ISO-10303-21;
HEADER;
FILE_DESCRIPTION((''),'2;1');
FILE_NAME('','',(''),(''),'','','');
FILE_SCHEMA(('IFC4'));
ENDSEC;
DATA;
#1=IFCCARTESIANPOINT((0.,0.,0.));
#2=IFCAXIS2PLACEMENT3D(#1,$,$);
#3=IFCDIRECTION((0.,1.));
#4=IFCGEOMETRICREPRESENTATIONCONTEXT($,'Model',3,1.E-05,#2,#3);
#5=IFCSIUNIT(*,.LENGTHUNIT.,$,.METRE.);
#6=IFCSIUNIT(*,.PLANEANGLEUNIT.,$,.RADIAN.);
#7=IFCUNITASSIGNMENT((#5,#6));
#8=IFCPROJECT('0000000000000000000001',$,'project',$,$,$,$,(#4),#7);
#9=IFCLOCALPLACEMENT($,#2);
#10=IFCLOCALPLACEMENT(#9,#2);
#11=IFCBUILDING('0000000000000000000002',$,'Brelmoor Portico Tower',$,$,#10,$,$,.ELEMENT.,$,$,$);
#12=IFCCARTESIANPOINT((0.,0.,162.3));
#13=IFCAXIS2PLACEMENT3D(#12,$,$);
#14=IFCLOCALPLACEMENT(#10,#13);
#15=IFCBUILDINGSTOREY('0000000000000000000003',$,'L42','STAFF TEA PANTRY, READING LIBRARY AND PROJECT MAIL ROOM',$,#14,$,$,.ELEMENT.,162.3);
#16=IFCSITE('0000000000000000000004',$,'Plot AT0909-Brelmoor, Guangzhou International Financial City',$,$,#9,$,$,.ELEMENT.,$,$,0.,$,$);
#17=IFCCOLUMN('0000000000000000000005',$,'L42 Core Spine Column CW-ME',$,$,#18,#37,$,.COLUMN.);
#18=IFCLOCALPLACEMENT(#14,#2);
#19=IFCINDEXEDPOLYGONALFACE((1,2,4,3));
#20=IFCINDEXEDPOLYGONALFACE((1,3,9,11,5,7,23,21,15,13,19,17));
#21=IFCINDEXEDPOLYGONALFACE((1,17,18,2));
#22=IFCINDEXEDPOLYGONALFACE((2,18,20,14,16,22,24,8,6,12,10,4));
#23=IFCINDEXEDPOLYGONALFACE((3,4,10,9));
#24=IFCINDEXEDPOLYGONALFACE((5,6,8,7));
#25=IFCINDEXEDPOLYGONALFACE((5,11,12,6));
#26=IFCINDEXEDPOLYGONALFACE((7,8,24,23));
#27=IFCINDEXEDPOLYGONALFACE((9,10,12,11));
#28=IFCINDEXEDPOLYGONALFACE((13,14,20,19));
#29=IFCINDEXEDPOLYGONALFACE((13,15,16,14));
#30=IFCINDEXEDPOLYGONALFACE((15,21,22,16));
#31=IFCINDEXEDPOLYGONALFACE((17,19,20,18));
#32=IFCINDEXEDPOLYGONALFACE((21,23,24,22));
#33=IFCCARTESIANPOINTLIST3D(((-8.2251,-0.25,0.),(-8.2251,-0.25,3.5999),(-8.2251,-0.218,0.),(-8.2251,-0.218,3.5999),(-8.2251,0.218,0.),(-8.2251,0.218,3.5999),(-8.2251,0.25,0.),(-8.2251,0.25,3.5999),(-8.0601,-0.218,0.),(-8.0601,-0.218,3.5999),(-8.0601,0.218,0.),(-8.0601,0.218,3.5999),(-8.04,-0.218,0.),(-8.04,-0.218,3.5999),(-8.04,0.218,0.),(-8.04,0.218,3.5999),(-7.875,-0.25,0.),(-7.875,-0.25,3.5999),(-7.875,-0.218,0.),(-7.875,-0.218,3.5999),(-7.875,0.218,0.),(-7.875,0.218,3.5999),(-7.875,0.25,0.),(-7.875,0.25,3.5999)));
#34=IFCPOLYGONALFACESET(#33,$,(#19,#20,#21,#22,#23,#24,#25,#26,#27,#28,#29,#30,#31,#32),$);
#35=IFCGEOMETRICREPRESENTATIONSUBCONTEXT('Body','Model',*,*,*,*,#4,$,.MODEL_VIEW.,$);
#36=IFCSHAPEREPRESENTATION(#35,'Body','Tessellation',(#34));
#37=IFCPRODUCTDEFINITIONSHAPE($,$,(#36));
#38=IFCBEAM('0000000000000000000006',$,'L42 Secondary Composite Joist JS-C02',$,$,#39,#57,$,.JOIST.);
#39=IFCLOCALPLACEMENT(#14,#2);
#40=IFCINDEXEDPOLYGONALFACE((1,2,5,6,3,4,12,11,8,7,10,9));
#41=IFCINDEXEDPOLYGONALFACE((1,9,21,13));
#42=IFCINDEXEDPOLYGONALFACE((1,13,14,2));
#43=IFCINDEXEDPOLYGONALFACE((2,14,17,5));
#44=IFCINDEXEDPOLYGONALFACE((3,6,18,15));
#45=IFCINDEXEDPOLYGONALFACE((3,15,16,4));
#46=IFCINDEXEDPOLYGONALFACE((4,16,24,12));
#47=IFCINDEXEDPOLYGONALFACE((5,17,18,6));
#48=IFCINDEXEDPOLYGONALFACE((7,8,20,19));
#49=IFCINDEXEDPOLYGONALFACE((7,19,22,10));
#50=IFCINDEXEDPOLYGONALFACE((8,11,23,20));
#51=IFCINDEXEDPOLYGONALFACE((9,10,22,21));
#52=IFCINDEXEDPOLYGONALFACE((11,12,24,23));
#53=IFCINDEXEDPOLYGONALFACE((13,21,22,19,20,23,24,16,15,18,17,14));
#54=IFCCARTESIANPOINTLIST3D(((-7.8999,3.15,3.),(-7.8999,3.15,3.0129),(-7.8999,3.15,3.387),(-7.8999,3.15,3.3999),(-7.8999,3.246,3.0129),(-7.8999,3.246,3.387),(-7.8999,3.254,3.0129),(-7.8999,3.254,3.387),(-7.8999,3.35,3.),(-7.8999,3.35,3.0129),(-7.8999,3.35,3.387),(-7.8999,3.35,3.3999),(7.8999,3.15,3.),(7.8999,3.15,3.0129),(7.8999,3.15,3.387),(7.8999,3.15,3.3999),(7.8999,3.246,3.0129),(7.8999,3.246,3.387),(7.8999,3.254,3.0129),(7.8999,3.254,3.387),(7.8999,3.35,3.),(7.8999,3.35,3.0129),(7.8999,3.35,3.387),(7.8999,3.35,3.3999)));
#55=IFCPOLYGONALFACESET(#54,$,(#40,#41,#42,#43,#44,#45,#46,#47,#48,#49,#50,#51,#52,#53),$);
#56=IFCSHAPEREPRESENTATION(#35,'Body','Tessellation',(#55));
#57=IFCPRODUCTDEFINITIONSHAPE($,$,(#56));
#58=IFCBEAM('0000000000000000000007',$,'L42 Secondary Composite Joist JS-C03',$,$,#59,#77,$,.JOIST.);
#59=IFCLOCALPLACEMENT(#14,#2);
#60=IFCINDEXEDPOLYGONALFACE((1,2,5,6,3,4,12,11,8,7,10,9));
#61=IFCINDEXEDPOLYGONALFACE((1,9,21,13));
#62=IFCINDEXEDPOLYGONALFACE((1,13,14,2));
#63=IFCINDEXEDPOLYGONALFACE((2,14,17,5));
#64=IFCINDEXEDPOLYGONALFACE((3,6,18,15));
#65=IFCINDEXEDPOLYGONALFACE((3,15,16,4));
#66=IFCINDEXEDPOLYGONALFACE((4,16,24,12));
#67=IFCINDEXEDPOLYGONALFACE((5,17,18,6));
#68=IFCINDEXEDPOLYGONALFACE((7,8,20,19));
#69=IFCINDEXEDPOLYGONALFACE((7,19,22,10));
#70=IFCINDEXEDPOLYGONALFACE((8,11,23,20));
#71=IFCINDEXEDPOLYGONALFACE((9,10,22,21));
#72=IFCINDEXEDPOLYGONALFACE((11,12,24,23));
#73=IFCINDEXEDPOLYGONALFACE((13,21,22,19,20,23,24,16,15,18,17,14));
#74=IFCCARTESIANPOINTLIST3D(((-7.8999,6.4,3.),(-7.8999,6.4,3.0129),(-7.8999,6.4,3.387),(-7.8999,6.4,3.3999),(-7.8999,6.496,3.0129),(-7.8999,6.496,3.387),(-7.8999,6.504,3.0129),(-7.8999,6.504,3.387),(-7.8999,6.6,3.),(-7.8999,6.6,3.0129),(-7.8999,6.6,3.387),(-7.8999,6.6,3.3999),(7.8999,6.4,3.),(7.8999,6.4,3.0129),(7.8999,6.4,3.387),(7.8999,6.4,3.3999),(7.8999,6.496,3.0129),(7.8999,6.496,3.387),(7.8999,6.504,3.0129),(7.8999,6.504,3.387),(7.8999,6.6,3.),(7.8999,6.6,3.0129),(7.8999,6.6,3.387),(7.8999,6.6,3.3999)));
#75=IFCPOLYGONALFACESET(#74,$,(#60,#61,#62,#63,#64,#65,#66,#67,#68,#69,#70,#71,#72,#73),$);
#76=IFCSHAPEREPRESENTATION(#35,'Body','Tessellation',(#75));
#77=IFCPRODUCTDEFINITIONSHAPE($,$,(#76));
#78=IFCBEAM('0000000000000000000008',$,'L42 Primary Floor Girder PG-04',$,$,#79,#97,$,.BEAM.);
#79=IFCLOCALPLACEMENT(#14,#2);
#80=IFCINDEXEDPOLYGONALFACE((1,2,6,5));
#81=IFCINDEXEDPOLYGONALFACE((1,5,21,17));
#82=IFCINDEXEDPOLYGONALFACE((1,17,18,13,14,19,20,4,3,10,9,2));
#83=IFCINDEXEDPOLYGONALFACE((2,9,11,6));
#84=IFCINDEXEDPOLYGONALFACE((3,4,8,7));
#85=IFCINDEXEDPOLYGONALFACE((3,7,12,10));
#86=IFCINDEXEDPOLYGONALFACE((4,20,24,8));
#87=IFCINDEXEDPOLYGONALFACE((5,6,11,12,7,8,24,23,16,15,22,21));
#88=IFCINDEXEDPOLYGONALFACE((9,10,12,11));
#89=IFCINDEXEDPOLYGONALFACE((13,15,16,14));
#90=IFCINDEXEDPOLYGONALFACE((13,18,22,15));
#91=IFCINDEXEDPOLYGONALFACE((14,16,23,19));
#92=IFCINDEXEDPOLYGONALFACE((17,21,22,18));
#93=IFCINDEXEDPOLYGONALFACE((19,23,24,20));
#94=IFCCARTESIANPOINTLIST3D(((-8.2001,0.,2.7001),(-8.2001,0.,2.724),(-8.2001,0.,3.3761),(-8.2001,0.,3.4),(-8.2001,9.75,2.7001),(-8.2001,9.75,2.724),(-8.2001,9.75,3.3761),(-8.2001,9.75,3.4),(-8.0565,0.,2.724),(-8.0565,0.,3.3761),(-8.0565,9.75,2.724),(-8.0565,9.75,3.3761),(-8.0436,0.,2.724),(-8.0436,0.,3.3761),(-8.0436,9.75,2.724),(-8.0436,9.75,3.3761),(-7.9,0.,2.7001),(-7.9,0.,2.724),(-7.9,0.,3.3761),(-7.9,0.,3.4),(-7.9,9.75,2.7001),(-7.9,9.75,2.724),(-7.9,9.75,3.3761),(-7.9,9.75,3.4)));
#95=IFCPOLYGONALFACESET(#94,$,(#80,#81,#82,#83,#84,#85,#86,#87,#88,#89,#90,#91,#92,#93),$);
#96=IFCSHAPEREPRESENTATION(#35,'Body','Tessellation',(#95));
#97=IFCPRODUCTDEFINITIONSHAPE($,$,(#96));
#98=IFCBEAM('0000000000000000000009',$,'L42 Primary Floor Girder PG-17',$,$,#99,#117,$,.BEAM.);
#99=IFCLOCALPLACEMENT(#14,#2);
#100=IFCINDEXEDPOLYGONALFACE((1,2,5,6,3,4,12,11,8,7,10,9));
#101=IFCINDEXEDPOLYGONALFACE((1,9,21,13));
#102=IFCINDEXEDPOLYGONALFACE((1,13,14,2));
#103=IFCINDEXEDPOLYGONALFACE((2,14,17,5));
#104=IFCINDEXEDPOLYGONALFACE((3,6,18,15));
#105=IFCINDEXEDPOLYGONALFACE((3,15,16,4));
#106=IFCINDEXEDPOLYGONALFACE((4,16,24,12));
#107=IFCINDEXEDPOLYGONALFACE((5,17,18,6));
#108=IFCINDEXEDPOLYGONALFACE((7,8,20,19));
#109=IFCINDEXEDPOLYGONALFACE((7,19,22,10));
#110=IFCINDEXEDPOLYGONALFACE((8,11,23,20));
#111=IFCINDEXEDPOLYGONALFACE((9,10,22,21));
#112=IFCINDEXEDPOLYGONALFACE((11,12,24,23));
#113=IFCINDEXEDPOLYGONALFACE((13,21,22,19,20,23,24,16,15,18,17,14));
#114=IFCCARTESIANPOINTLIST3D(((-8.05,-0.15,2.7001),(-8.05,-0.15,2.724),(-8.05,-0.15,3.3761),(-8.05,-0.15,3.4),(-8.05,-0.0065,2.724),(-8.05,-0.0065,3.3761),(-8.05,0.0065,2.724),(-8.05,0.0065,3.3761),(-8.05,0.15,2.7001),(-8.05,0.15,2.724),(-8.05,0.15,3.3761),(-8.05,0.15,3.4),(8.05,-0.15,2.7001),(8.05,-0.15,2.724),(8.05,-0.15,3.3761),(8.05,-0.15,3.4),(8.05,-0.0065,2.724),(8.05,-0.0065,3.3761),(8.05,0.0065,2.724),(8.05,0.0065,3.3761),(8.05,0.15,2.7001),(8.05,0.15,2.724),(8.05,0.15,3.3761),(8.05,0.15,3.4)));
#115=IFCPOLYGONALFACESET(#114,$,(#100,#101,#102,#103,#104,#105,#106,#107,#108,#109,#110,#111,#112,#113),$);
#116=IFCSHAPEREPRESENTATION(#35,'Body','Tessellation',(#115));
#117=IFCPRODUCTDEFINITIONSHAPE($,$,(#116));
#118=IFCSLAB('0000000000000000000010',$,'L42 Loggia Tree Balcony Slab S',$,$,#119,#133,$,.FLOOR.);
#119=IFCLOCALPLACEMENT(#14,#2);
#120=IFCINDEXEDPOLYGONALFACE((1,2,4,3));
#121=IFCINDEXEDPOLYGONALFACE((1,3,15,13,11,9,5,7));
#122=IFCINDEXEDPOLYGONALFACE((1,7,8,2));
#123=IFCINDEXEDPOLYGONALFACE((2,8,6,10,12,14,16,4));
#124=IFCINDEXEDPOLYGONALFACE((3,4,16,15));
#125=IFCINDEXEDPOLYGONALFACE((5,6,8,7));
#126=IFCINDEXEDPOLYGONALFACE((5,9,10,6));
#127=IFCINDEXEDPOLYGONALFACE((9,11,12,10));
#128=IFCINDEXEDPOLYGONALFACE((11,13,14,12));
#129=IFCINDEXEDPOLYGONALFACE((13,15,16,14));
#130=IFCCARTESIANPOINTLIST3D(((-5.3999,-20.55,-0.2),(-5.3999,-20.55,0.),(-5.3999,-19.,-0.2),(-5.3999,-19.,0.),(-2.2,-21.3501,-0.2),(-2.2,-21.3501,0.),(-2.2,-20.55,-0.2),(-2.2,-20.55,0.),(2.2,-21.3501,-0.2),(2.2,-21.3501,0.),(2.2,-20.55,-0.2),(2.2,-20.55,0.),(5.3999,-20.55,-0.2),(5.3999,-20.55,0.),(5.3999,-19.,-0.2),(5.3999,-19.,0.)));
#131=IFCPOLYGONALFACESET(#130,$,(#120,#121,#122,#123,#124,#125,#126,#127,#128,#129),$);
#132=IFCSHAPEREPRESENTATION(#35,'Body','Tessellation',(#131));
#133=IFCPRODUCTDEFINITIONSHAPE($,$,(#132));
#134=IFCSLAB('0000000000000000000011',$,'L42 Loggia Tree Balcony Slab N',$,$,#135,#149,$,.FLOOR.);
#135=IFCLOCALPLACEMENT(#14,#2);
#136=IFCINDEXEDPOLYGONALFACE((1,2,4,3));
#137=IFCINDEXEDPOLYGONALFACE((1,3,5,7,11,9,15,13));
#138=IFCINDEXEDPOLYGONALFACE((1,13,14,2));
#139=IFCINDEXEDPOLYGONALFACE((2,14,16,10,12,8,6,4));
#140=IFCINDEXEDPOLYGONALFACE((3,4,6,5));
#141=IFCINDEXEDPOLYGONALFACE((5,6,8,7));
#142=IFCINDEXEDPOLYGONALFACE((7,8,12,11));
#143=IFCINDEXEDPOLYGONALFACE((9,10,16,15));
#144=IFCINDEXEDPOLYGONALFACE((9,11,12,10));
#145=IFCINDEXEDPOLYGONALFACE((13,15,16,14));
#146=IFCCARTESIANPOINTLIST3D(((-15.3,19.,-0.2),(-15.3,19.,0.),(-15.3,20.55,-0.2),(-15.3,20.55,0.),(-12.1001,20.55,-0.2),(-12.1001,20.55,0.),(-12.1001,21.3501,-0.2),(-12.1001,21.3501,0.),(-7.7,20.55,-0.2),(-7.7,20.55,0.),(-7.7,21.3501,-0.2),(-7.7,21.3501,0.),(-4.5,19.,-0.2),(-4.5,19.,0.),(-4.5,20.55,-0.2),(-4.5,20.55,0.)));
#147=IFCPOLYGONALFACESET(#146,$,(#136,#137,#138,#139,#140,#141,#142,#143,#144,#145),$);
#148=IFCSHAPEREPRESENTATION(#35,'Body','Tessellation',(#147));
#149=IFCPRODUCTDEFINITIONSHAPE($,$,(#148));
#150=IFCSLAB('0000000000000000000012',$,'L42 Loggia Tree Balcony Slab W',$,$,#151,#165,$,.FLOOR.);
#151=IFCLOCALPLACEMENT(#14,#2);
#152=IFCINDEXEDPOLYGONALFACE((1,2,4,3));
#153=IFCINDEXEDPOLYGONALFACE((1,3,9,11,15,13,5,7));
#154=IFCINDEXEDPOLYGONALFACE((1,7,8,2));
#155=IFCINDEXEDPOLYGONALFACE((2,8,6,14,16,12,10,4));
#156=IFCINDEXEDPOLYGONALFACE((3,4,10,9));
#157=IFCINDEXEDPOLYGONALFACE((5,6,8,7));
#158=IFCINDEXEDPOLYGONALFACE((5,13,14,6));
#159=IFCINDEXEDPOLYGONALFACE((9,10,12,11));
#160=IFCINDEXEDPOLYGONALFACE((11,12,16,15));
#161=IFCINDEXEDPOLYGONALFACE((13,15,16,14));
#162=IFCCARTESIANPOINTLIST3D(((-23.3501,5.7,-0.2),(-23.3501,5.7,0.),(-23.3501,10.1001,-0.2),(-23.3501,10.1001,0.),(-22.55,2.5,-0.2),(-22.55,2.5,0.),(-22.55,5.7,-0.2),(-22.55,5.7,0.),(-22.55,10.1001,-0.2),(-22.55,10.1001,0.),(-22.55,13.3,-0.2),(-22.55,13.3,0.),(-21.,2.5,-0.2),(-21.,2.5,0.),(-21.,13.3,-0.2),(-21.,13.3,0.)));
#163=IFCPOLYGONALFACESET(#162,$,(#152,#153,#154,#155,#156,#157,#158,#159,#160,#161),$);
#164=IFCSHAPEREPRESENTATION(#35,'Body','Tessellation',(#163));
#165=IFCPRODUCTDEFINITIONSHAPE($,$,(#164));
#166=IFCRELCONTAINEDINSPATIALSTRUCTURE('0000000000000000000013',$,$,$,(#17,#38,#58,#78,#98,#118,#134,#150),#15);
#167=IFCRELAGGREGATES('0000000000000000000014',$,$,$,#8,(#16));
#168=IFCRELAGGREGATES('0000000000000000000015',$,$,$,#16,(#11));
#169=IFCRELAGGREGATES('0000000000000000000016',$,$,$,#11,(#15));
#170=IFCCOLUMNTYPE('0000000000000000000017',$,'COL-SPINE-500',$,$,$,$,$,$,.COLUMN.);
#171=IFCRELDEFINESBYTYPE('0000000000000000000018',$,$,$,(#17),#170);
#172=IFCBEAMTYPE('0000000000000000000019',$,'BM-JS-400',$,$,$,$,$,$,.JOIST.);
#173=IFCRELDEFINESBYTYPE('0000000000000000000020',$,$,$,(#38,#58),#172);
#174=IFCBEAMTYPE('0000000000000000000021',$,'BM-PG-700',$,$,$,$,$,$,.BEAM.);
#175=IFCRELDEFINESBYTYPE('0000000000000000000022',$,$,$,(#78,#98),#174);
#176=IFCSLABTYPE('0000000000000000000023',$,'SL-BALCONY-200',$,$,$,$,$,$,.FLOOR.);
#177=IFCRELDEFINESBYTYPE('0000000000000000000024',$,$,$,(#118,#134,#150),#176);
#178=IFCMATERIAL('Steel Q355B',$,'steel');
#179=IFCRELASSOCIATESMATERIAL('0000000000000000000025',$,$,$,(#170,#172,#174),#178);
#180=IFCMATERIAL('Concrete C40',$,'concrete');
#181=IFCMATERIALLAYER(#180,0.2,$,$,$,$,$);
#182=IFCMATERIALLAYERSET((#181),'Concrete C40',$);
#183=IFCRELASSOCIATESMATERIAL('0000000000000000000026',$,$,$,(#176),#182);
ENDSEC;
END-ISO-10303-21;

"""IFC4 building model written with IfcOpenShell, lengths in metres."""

from ifc_helpers import new_model, si_unit, direction, frame, origin, origin_2d, place, context, subcontext, project, spatial, polyline, i_section, outline, extrude, material, layer, layer_set, material_profile, profile_set, type_object, element, save


model = new_model("IFC4")

# Units and contexts
model_context = context("Model", 3, precision=1e-05, world=origin(), true_north=direction((0.0, 1.0)))
body_context = subcontext(model_context, "Body", "Model", "MODEL_VIEW")
ifc_project = project(units=[si_unit("LENGTHUNIT", "METRE"), si_unit("PLANEANGLEUNIT", "RADIAN")], contexts=[model_context])

# Site, building, storey
site_placement = place(None, origin())
site = spatial("IfcSite", under=ifc_project, at=site_placement, Name="Plot AT0909-Brelmoor, Guangzhou International Financial City", CompositionType="ELEMENT", RefElevation=0.0)
building_placement = place(site_placement, origin())
building = spatial("IfcBuilding", under=site, at=building_placement, Name="Brelmoor Portico Tower", CompositionType="ELEMENT")
storey_placement = place(building_placement, frame((0.0, 0.0, 162.3)))
storey = spatial("IfcBuildingStorey", under=building, at=storey_placement, Name="L42", Description="STAFF TEA PANTRY, READING LIBRARY AND PROJECT MAIL ROOM", CompositionType="ELEMENT", Elevation=162.3)

# Column
ifc_material_1 = material(Name="Steel Q355B", Category="steel")
ifc_material_profile_1 = material_profile(ifc_material_1, i_section(OverallWidth=0.3501, OverallDepth=0.5, WebThickness=0.02, FlangeThickness=0.032, at=origin_2d()), Name="HW 500x350x20x32")
ifc_profile_set_1 = profile_set([ifc_material_profile_1], Name="Steel Q355B")
column_type = type_object("IfcColumnType", Name="COL-SPINE-500", PredefinedType="COLUMN", material=ifc_profile_set_1)
column_placement = place(storey_placement, frame((-8.05, 0.0, 0.0), z_axis=(0.0, 0.0, 1.0), x_axis=(1.0, 0.0, 0.0)))
element("IfcColumn", 1, at=column_placement, inside=storey, type_object=column_type, Name="L42 Core Spine Column CW-ME", PredefinedType="COLUMN", context=body_context, shape_type="SweptSolid", body=[
    extrude(i_section(OverallWidth=0.3501, OverallDepth=0.5, WebThickness=0.02, FlangeThickness=0.032, at=origin_2d()), origin(), (0.0, 0.0, 1.0), 3.5999),
])

# Beams
ifc_material_profile_2 = material_profile(ifc_material_1, i_section(OverallWidth=0.2, OverallDepth=0.3999, WebThickness=0.0081, FlangeThickness=0.0129, at=origin_2d()), Name="HN 400x200x8x13")
ifc_profile_set_2 = profile_set([ifc_material_profile_2], Name="Steel Q355B")
beam_type_1 = type_object("IfcBeamType", Name="BM-JS-400", PredefinedType="JOIST", material=ifc_profile_set_2)
for number, where, z_axis, x_axis, name in (
    (2, (-7.8999, 3.25, 3.2), (1.0, 0.0, 0.0), (0.0, 1.0, 0.0), "L42 Secondary Composite Joist JS-C02"),
    (3, (-7.8999, 6.5, 3.2), (1.0, 0.0, 0.0), (0.0, 1.0, 0.0), "L42 Secondary Composite Joist JS-C03"),
):
    element("IfcBeam", number, at=place(storey_placement, frame(where, z_axis=z_axis, x_axis=x_axis)), inside=storey, type_object=beam_type_1, Name=name, PredefinedType="JOIST", context=body_context, shape_type="SweptSolid", body=[
        extrude(i_section(OverallWidth=0.2, OverallDepth=0.3999, WebThickness=0.0081, FlangeThickness=0.0129, at=origin_2d()), origin(), (0.0, 0.0, 1.0), 15.7998),
    ])
ifc_material_profile_3 = material_profile(ifc_material_1, i_section(OverallWidth=0.3, OverallDepth=0.7, WebThickness=0.0129, FlangeThickness=0.0239, at=origin_2d()), Name="HN 700x300x13x24")
ifc_profile_set_3 = profile_set([ifc_material_profile_3], Name="Steel Q355B")
beam_type_2 = type_object("IfcBeamType", Name="BM-PG-700", PredefinedType="BEAM", material=ifc_profile_set_3)
beam_1_placement = place(storey_placement, frame((-8.05, 0.0, 3.05), z_axis=(0.0, 1.0, 0.0), x_axis=(-1.0, 0.0, 0.0)))
element("IfcBeam", 4, at=beam_1_placement, inside=storey, type_object=beam_type_2, Name="L42 Primary Floor Girder PG-04", PredefinedType="BEAM", context=body_context, shape_type="SweptSolid", body=[
    extrude(i_section(OverallWidth=0.3, OverallDepth=0.7, WebThickness=0.0129, FlangeThickness=0.0239, at=origin_2d()), origin(), (0.0, 0.0, 1.0), 9.75),
])
beam_2_placement = place(storey_placement, frame((-8.05, 0.0, 3.05), z_axis=(1.0, 0.0, 0.0), x_axis=(0.0, 1.0, 0.0)))
element("IfcBeam", 5, at=beam_2_placement, inside=storey, type_object=beam_type_2, Name="L42 Primary Floor Girder PG-17", PredefinedType="BEAM", context=body_context, shape_type="SweptSolid", body=[
    extrude(i_section(OverallWidth=0.3, OverallDepth=0.7, WebThickness=0.0129, FlangeThickness=0.0239, at=origin_2d()), origin(), (0.0, 0.0, 1.0), 16.1001),
])

# Slabs
ifc_material_2 = material(Name="Concrete C40", Category="concrete")
ifc_layer_1 = layer(ifc_material_2, 0.2)
ifc_layer_set_1 = layer_set([ifc_layer_1], Name="Concrete C40")
slab_type_1 = type_object("IfcSlabType", Name="SL-BALCONY-200", PredefinedType="FLOOR", material=ifc_layer_set_1)
slab_1_placement = place(storey_placement, frame((0.0, 0.0, -0.2)))
element("IfcSlab", 6, at=slab_1_placement, inside=storey, type_object=slab_type_1, Name="L42 Loggia Tree Balcony Slab S", PredefinedType="FLOOR", context=body_context, shape_type="SweptSolid", body=[
    extrude(outline(polyline([(-5.3999, -20.55), (-2.2, -20.55), (-2.2, -21.3501), (2.2, -21.3501), (2.2, -20.55), (5.3999, -20.55), (5.3999, -19.0), (-5.3999, -19.0), (-5.3999, -20.55)])), origin(), (0.0, 0.0, 1.0), 0.2),
])
slab_2_placement = place(storey_placement, frame((0.0, 0.0, -0.2)))
element("IfcSlab", 7, at=slab_2_placement, inside=storey, type_object=slab_type_1, Name="L42 Loggia Tree Balcony Slab N", PredefinedType="FLOOR", context=body_context, shape_type="SweptSolid", body=[
    extrude(outline(polyline([(-15.3, 19.0), (-4.5, 19.0), (-4.5, 20.55), (-7.7, 20.55), (-7.7, 21.3501), (-12.1001, 21.3501), (-12.1001, 20.55), (-15.3, 20.55), (-15.3, 19.0)])), origin(), (0.0, 0.0, 1.0), 0.2),
])
slab_3_placement = place(storey_placement, frame((0.0, 0.0, -0.2)))
element("IfcSlab", 8, at=slab_3_placement, inside=storey, type_object=slab_type_1, Name="L42 Loggia Tree Balcony Slab W", PredefinedType="FLOOR", context=body_context, shape_type="SweptSolid", body=[
    extrude(outline(polyline([(-22.55, 2.5), (-21.0, 2.5), (-21.0, 13.3), (-22.55, 13.3), (-22.55, 10.1001), (-23.3501, 10.1001), (-23.3501, 5.7), (-22.55, 5.7), (-22.55, 2.5)])), origin(), (0.0, 0.0, 1.0), 0.2),
])

save(model, "model.ifc")
